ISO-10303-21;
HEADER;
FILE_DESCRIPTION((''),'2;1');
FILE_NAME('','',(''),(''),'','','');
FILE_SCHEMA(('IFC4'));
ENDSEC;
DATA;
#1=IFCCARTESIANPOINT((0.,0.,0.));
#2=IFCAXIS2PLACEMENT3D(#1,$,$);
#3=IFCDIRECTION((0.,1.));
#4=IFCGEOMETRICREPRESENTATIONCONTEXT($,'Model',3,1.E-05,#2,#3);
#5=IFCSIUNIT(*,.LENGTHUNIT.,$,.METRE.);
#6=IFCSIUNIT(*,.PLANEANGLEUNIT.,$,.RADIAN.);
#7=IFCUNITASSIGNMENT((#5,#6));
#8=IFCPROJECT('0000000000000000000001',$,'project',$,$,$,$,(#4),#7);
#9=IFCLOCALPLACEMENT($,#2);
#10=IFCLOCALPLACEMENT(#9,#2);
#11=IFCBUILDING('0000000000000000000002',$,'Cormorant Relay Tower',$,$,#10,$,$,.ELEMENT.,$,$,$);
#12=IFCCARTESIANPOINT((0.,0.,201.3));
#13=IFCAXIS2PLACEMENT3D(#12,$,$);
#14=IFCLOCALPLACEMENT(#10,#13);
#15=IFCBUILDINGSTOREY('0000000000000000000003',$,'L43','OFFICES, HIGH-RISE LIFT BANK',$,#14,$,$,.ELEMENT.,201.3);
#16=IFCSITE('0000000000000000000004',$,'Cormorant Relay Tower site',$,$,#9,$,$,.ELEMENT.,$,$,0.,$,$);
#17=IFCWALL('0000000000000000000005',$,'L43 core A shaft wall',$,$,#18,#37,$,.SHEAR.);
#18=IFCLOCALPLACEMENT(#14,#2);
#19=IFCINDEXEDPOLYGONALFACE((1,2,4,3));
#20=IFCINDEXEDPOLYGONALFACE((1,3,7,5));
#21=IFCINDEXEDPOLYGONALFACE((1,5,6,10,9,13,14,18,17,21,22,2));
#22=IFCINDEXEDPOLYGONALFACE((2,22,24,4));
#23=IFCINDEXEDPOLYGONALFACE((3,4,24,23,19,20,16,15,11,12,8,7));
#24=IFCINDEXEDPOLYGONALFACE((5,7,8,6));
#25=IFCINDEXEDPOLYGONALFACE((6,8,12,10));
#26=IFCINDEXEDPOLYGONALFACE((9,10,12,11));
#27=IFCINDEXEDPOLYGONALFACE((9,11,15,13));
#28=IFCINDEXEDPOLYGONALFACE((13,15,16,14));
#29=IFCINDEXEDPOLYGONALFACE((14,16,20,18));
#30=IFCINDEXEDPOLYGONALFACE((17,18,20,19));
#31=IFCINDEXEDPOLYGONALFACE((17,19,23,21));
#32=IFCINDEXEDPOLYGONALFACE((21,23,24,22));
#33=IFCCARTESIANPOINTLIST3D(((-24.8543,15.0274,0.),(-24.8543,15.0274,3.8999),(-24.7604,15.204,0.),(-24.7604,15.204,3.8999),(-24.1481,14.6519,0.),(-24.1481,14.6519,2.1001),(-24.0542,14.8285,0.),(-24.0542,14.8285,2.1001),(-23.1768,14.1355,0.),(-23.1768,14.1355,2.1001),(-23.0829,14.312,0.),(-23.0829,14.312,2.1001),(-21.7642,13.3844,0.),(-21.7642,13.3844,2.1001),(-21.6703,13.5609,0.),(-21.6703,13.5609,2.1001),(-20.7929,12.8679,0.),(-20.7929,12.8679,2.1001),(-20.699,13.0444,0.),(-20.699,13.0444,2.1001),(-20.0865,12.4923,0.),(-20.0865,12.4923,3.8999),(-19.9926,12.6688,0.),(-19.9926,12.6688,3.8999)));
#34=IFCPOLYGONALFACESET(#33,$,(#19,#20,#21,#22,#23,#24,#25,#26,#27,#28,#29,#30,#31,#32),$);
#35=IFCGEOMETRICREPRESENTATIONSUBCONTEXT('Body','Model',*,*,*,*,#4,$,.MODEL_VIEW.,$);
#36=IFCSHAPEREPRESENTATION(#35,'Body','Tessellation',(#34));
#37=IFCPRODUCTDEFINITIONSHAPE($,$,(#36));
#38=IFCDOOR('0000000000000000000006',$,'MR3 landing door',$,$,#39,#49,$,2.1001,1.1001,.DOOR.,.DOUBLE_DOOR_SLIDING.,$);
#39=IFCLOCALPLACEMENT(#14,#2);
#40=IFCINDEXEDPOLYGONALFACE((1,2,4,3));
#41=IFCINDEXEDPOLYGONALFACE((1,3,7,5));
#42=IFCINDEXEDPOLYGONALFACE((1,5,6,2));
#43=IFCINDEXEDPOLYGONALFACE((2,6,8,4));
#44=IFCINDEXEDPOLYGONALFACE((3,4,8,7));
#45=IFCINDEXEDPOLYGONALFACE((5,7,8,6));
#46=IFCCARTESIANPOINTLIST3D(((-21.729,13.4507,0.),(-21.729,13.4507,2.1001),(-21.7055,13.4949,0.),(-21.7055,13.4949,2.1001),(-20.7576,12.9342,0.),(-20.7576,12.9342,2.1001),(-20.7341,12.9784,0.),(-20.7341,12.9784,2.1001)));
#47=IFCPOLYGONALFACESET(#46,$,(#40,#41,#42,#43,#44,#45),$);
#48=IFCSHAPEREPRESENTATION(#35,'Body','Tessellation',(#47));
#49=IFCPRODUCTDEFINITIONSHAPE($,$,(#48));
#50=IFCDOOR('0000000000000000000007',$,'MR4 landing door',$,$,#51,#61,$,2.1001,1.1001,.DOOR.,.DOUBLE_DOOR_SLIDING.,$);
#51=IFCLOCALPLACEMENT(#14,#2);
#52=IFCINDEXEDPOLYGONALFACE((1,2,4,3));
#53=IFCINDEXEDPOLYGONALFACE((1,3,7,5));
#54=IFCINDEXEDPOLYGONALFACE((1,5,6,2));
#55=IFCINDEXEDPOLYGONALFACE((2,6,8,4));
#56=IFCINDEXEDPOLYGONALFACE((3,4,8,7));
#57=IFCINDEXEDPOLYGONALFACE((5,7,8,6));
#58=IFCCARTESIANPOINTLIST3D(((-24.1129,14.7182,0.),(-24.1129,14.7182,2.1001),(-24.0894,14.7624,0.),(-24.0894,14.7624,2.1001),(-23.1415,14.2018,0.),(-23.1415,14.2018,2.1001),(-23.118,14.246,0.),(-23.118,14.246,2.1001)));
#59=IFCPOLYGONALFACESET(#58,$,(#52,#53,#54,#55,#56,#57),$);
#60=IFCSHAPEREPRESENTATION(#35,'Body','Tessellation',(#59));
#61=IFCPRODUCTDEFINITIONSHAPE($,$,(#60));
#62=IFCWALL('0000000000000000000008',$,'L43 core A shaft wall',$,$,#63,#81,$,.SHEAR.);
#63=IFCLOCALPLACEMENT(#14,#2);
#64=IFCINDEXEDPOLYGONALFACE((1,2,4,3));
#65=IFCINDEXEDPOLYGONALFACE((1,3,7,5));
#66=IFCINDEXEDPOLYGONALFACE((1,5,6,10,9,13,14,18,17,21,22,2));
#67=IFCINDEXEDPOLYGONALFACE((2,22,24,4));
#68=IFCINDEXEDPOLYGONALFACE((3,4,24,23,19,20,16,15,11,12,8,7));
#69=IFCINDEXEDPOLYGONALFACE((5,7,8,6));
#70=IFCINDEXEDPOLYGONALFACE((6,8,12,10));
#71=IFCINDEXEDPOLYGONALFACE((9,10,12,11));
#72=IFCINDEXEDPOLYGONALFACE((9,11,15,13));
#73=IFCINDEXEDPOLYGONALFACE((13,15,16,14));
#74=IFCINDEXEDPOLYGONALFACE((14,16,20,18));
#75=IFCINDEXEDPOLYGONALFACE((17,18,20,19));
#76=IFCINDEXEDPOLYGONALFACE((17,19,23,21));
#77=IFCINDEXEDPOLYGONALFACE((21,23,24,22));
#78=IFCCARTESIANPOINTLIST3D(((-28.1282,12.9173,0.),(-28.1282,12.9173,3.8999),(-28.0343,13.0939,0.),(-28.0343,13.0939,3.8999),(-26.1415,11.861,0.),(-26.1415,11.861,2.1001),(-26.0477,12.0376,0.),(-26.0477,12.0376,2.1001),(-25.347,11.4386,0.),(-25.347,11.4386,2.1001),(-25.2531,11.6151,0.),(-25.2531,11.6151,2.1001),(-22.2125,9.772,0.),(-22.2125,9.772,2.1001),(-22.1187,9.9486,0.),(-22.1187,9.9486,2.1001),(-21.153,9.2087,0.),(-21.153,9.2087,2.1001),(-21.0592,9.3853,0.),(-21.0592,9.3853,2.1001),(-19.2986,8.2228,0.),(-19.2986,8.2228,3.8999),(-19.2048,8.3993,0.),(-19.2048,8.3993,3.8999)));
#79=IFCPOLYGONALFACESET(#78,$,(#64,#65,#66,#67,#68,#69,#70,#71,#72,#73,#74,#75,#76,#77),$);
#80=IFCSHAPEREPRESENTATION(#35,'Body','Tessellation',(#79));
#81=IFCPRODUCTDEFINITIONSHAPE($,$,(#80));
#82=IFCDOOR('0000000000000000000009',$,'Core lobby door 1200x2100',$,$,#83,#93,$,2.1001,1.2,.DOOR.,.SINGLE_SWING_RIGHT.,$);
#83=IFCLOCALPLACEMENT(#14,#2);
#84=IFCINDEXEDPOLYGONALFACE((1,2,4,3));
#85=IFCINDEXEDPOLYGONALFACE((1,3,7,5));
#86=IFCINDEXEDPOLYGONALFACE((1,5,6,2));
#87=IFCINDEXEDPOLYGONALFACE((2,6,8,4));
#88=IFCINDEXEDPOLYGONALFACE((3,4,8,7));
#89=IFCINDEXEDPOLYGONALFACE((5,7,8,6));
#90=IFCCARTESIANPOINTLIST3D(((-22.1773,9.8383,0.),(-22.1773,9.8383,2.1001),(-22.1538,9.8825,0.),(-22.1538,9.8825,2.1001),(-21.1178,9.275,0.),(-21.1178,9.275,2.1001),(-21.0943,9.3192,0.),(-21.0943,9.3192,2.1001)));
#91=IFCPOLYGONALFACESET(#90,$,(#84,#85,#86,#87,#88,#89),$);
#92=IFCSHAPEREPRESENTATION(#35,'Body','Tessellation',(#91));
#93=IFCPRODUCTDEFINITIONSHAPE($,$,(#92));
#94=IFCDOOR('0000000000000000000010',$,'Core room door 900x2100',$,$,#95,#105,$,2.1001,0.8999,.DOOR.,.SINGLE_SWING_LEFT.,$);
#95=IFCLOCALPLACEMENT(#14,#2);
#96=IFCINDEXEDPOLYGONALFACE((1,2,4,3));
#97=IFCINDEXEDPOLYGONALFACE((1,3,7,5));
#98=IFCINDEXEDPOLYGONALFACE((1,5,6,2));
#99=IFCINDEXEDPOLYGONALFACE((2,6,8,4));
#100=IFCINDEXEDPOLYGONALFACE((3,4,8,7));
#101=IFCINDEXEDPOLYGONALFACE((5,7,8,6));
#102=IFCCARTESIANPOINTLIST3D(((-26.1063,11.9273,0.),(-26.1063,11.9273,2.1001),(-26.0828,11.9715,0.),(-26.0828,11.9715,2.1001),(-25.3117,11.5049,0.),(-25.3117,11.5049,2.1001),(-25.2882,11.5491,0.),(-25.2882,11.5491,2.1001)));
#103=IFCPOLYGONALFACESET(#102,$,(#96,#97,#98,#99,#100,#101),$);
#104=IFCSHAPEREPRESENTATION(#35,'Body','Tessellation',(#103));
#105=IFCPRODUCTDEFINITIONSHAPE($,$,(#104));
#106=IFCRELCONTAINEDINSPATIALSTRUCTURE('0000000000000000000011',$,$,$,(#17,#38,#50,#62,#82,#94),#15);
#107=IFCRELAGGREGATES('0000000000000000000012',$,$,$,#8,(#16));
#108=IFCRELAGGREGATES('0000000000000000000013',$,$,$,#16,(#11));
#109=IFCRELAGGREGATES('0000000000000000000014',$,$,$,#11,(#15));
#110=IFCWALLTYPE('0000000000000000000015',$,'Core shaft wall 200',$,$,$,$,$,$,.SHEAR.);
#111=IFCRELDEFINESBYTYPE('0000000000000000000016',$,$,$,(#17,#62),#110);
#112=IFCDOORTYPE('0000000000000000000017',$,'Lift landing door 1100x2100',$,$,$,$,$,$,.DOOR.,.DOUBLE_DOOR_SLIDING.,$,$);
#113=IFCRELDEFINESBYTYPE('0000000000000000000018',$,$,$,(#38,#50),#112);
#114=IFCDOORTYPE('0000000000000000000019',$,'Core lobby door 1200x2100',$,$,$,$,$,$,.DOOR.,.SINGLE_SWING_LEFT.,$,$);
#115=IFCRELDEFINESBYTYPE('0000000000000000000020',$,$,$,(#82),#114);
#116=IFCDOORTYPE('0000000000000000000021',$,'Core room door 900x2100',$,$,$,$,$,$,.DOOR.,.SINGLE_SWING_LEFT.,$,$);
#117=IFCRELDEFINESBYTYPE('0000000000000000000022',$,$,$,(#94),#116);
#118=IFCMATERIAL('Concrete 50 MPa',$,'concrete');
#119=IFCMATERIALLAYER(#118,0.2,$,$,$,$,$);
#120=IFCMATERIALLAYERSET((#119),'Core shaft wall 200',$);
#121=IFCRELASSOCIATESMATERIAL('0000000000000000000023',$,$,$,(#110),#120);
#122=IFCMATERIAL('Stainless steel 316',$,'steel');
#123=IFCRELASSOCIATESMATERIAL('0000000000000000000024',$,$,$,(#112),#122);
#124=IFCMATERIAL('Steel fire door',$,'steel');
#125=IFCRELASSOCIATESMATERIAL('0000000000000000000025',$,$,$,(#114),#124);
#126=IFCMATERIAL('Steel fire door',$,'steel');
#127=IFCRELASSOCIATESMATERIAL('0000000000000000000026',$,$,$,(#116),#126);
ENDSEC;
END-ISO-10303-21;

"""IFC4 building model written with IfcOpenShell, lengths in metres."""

from ifc_helpers import new_model, si_unit, direction, frame, frame_2d, origin, place, context, subcontext, project, spatial, rectangle, extrude, material, layer, layer_set, type_object, element, fill, save


model = new_model("IFC4")

# Units and contexts
model_context = context("Model", 3, precision=1e-05, world=origin(), true_north=direction((0.0, 1.0)))
body_context = subcontext(model_context, "Body", "Model", "MODEL_VIEW")
ifc_project = project(units=[si_unit("LENGTHUNIT", "METRE"), si_unit("PLANEANGLEUNIT", "RADIAN")], contexts=[model_context])

# Site, building, storey
site_placement = place(None, origin())
site = spatial("IfcSite", under=ifc_project, at=site_placement, Name="Cormorant Relay Tower site", CompositionType="ELEMENT", RefElevation=0.0)
building_placement = place(site_placement, origin())
building = spatial("IfcBuilding", under=site, at=building_placement, Name="Cormorant Relay Tower", CompositionType="ELEMENT")
storey_placement = place(building_placement, frame((0.0, 0.0, 201.3)))
storey = spatial("IfcBuildingStorey", under=building, at=storey_placement, Name="L43", Description="OFFICES, HIGH-RISE LIFT BANK", CompositionType="ELEMENT", Elevation=201.3)

# Shared definitions
ifc_material_1 = material(Name="Concrete 50 MPa", Category="concrete")
ifc_layer_1 = layer(ifc_material_1, 0.2)
ifc_layer_set_1 = layer_set([ifc_layer_1], Name="Core shaft wall 200")
wall_type_1 = type_object("IfcWallType", Name="Core shaft wall 200", PredefinedType="SHEAR", material=ifc_layer_set_1)

# Walls, openings, doors
wall_1_placement = place(storey_placement, frame((-20.0396, 12.5806, 0.0), z_axis=(0.0, 0.0, 1.0), x_axis=(-0.882943, 0.46948, 0.0)))
wall_1 = element("IfcWall", 1, at=wall_1_placement, inside=storey, type_object=wall_type_1, Name="L43 core A shaft wall", PredefinedType="SHEAR", context=body_context, shape_type="SweptSolid", body=[
    extrude(rectangle(XDim=5.3999, YDim=0.2, at=frame_2d((2.7, 0.0))), origin(), (0.0, 0.0, 1.0), 3.8999),
])
opening_1_placement = place(wall_1_placement, frame((0.8, 0.0, 0.0)))
opening_1 = element("IfcOpeningElement", 2, at=opening_1_placement, cuts=wall_1, PredefinedType="OPENING", context=body_context, shape_type="SweptSolid", body=[
    extrude(rectangle(XDim=1.1001, YDim=2.1001, at=frame_2d((0.55, 1.05))), frame((0.0, 0.1099, 0.0), z_axis=(0.0, -1.0, 0.0), x_axis=(1.0, 0.0, 0.0)), (0.0, 0.0, 1.0), 0.22),
])
opening_2_placement = place(wall_1_placement, frame((3.5, 0.0, 0.0)))
opening_2 = element("IfcOpeningElement", 3, at=opening_2_placement, cuts=wall_1, PredefinedType="OPENING", context=body_context, shape_type="SweptSolid", body=[
    extrude(rectangle(XDim=1.1001, YDim=2.1001, at=frame_2d((0.55, 1.05))), frame((0.0, 0.1099, 0.0), z_axis=(0.0, -1.0, 0.0), x_axis=(1.0, 0.0, 0.0)), (0.0, 0.0, 1.0), 0.22),
])
ifc_material_2 = material(Name="Stainless steel 316", Category="steel")
door_type_1 = type_object("IfcDoorType", Name="Lift landing door 1100x2100", OperationType="DOUBLE_DOOR_SLIDING", PredefinedType="DOOR", material=ifc_material_2)
door_1_placement = place(opening_1_placement, origin())
door_1 = element("IfcDoor", 4, at=door_1_placement, inside=storey, type_object=door_type_1, Name="MR3 landing door", OperationType="DOUBLE_DOOR_SLIDING", OverallHeight=2.1001, OverallWidth=1.1001, PredefinedType="DOOR", context=body_context, shape_type="SweptSolid", body=[
    extrude(rectangle(XDim=1.1001, YDim=2.1001, at=frame_2d((0.55, 1.05))), frame((0.0, 0.0249, 0.0), z_axis=(0.0, -1.0, 0.0), x_axis=(1.0, 0.0, 0.0)), (0.0, 0.0, 1.0), 0.05),
])
fill(opening_1, door_1)
door_2_placement = place(opening_2_placement, origin())
door_2 = element("IfcDoor", 5, at=door_2_placement, inside=storey, type_object=door_type_1, Name="MR4 landing door", OperationType="DOUBLE_DOOR_SLIDING", OverallHeight=2.1001, OverallWidth=1.1001, PredefinedType="DOOR", context=body_context, shape_type="SweptSolid", body=[
    extrude(rectangle(XDim=1.1001, YDim=2.1001, at=frame_2d((0.55, 1.05))), frame((0.0, 0.0249, 0.0), z_axis=(0.0, -1.0, 0.0), x_axis=(1.0, 0.0, 0.0)), (0.0, 0.0, 1.0), 0.05),
])
fill(opening_2, door_2)
wall_2_placement = place(storey_placement, frame((-19.2517, 8.311, 0.0), z_axis=(0.0, 0.0, 1.0), x_axis=(-0.882956, 0.469456, 0.0)))
wall_2 = element("IfcWall", 6, at=wall_2_placement, inside=storey, type_object=wall_type_1, Name="L43 core A shaft wall", PredefinedType="SHEAR", context=body_context, shape_type="SweptSolid", body=[
    extrude(rectangle(XDim=10.0, YDim=0.2, at=frame_2d((5.0, 0.0))), origin(), (0.0, 0.0, 1.0), 3.8999),
])
opening_3_placement = place(wall_2_placement, frame((2.1001, 0.0, 0.0)))
opening_3 = element("IfcOpeningElement", 7, at=opening_3_placement, cuts=wall_2, PredefinedType="OPENING", context=body_context, shape_type="SweptSolid", body=[
    extrude(rectangle(XDim=1.2, YDim=2.1001, at=frame_2d((0.6001, 1.05))), frame((0.0, 0.1099, 0.0), z_axis=(0.0, -1.0, 0.0), x_axis=(1.0, 0.0, 0.0)), (0.0, 0.0, 1.0), 0.22),
])
opening_4_placement = place(wall_2_placement, frame((6.8501, 0.0, 0.0)))
opening_4 = element("IfcOpeningElement", 8, at=opening_4_placement, cuts=wall_2, PredefinedType="OPENING", context=body_context, shape_type="SweptSolid", body=[
    extrude(rectangle(XDim=0.8999, YDim=2.1001, at=frame_2d((0.45, 1.05))), frame((0.0, 0.1099, 0.0), z_axis=(0.0, -1.0, 0.0), x_axis=(1.0, 0.0, 0.0)), (0.0, 0.0, 1.0), 0.22),
])
ifc_material_3 = material(Name="Steel fire door", Category="steel")
door_type_2 = type_object("IfcDoorType", Name="Core lobby door 1200x2100", OperationType="SINGLE_SWING_LEFT", PredefinedType="DOOR", material=ifc_material_3)
door_3_placement = place(opening_3_placement, origin())
door_3 = element("IfcDoor", 9, at=door_3_placement, inside=storey, type_object=door_type_2, Name="Core lobby door 1200x2100", OperationType="SINGLE_SWING_RIGHT", OverallHeight=2.1001, OverallWidth=1.2, PredefinedType="DOOR", context=body_context, shape_type="SweptSolid", body=[
    extrude(rectangle(XDim=1.2, YDim=2.1001, at=frame_2d((0.6001, 1.05))), frame((0.0, 0.0249, 0.0), z_axis=(0.0, -1.0, 0.0), x_axis=(1.0, 0.0, 0.0)), (0.0, 0.0, 1.0), 0.05),
])
fill(opening_3, door_3)
ifc_material_4 = material(Name="Steel fire door", Category="steel")
door_type_3 = type_object("IfcDoorType", Name="Core room door 900x2100", OperationType="SINGLE_SWING_LEFT", PredefinedType="DOOR", material=ifc_material_4)
door_4_placement = place(opening_4_placement, origin())
door_4 = element("IfcDoor", 10, at=door_4_placement, inside=storey, type_object=door_type_3, Name="Core room door 900x2100", OperationType="SINGLE_SWING_LEFT", OverallHeight=2.1001, OverallWidth=0.8999, PredefinedType="DOOR", context=body_context, shape_type="SweptSolid", body=[
    extrude(rectangle(XDim=0.8999, YDim=2.1001, at=frame_2d((0.45, 1.05))), frame((0.0, 0.0249, 0.0), z_axis=(0.0, -1.0, 0.0), x_axis=(1.0, 0.0, 0.0)), (0.0, 0.0, 1.0), 0.05),
])
fill(opening_4, door_4)

save(model, "model.ifc")
